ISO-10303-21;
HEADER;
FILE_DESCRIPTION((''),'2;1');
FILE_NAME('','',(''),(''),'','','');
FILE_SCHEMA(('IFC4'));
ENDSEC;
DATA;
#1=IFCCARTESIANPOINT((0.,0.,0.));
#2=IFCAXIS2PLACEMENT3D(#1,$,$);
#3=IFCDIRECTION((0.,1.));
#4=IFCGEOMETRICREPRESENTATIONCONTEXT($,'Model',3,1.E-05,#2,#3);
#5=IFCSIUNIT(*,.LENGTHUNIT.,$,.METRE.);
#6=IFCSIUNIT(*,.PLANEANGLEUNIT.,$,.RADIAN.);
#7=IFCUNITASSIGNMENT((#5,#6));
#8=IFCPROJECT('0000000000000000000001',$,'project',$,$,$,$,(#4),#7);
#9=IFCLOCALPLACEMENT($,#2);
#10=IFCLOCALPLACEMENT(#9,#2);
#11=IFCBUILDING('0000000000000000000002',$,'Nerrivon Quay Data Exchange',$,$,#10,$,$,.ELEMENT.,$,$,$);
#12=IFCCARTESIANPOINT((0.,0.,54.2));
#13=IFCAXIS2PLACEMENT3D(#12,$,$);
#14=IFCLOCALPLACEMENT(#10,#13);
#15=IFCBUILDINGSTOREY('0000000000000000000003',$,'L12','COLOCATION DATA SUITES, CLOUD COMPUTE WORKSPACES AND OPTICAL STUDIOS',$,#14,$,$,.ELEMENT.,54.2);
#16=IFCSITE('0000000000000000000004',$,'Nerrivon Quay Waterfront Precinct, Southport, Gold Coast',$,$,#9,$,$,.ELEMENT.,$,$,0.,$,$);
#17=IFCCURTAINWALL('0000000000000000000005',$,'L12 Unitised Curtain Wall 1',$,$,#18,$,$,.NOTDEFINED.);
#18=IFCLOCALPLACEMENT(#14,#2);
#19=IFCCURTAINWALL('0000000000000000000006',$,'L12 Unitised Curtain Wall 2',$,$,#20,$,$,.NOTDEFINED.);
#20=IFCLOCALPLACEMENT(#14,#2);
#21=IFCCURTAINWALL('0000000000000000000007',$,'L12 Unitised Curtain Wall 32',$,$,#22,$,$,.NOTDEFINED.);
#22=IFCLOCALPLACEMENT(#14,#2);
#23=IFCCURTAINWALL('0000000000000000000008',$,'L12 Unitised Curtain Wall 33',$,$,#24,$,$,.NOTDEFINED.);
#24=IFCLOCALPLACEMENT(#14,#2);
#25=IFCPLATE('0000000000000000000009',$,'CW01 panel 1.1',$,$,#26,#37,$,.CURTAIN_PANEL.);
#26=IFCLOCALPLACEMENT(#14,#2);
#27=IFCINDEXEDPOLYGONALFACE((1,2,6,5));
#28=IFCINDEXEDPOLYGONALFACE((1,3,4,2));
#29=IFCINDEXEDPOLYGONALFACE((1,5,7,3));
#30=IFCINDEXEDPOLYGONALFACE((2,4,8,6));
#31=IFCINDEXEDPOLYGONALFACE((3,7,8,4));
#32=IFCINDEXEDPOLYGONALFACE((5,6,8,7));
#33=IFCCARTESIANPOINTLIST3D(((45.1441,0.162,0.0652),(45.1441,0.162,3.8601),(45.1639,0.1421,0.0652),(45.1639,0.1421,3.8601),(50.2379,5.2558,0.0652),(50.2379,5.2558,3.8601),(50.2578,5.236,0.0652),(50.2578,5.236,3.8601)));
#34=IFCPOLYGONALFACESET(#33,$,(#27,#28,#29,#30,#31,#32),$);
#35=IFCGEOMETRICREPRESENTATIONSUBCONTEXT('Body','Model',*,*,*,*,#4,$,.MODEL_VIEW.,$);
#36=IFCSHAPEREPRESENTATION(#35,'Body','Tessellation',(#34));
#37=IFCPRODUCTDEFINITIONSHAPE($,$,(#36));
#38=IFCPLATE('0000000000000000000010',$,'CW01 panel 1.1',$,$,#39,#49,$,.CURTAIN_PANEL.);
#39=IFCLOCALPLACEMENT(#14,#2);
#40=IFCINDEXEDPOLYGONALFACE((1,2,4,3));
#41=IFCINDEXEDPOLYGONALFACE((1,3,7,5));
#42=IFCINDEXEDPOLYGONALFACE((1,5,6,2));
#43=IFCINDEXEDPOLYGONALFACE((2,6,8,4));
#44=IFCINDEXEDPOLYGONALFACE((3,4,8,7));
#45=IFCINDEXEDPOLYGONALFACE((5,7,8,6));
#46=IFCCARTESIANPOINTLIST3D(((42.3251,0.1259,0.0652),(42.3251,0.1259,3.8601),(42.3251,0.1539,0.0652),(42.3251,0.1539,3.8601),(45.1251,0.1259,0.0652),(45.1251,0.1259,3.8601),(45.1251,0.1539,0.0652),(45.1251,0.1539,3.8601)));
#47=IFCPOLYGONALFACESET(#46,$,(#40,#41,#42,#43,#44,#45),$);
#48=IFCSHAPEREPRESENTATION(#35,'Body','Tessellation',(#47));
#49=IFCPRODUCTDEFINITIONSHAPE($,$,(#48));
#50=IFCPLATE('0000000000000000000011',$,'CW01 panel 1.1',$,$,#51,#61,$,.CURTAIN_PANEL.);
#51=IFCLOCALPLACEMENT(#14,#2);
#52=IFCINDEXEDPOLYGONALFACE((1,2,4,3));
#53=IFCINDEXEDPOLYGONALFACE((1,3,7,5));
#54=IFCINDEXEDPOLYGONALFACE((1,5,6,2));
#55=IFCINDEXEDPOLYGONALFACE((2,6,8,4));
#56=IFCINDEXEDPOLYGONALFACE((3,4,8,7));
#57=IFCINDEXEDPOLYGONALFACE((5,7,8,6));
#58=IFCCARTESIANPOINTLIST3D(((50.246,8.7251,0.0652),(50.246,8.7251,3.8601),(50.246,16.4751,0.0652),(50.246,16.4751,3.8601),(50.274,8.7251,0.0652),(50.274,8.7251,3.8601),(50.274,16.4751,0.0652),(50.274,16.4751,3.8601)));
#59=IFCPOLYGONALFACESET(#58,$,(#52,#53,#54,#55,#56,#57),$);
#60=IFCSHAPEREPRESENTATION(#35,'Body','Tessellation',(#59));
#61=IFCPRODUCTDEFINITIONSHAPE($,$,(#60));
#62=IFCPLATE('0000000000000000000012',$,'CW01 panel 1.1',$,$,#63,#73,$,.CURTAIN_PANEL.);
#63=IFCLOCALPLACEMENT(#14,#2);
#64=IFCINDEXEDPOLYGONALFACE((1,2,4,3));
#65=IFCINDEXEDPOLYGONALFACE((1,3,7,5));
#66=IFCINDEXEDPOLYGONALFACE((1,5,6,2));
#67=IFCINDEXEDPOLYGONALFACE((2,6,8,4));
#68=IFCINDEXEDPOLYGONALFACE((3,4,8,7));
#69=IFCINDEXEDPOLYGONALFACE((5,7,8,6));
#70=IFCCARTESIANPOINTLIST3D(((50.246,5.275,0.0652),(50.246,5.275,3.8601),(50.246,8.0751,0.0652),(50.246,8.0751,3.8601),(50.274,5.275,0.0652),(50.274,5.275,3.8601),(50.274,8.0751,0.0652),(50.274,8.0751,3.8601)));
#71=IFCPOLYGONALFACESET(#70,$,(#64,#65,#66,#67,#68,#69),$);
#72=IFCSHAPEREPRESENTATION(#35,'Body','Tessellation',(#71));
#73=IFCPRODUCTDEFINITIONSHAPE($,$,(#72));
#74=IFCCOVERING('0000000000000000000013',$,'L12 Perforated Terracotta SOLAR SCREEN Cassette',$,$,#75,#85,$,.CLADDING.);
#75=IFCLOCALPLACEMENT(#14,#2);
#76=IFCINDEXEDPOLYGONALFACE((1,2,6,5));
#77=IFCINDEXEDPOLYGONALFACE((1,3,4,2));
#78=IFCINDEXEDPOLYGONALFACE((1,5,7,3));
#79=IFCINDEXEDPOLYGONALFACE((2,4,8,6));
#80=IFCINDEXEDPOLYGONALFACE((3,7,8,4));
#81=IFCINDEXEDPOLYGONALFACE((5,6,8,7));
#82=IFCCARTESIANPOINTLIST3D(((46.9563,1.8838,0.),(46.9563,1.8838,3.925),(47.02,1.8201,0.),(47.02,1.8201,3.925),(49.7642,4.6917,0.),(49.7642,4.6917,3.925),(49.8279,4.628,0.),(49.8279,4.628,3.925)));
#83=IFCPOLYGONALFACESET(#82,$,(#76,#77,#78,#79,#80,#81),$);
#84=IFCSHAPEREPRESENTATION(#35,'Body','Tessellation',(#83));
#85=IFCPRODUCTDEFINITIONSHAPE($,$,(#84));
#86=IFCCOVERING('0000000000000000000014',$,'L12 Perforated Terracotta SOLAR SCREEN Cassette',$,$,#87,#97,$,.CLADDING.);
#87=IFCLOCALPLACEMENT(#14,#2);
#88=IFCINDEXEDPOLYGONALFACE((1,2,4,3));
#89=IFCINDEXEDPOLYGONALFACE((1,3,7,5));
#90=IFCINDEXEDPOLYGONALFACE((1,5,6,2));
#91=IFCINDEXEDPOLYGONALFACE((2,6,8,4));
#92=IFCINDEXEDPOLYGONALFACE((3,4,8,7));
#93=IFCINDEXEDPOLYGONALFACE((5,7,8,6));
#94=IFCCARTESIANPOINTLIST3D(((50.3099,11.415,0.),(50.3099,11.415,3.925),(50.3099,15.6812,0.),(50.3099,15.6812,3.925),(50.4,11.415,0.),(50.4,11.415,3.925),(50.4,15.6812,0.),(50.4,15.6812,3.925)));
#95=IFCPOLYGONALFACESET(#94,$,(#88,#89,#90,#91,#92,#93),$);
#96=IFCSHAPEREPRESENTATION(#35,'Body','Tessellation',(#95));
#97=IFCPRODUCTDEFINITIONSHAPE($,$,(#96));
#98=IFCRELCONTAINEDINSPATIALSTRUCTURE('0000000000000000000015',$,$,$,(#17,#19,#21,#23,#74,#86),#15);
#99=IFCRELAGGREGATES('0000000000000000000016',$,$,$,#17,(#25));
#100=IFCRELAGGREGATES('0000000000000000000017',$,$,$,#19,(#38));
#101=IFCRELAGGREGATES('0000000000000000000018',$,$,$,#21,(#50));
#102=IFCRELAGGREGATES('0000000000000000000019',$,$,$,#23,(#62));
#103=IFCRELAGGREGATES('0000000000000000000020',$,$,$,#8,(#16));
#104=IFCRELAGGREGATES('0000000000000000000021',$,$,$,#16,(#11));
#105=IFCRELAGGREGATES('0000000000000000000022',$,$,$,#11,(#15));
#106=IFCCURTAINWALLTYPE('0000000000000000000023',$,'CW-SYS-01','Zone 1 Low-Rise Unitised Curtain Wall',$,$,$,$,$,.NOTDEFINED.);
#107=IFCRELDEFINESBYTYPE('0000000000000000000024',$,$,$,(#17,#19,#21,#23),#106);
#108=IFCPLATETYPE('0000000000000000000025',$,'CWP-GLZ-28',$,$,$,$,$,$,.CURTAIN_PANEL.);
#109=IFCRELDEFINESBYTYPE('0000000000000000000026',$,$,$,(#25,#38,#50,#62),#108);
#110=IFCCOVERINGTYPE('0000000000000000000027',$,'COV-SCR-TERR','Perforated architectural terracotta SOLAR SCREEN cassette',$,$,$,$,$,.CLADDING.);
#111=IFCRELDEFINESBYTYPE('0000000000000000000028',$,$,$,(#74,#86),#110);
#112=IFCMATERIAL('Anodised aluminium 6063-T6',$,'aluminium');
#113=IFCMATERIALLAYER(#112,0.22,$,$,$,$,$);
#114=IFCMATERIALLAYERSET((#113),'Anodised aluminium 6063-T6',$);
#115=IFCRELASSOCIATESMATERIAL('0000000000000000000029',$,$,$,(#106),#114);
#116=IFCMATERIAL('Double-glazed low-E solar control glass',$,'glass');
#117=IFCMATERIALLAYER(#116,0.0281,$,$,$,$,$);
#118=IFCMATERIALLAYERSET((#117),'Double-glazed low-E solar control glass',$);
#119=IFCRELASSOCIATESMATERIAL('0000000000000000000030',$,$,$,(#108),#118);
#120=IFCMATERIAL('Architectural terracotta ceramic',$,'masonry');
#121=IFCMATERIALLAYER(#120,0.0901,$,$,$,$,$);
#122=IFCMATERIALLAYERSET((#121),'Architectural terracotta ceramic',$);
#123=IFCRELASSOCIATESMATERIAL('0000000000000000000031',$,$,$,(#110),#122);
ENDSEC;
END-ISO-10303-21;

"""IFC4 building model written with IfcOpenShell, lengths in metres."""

from ifc_helpers import new_model, si_unit, direction, frame, origin, origin_2d, place, context, subcontext, project, spatial, rectangle, extrude, material, layer, layer_set, type_object, element, aggregate, save


model = new_model("IFC4")

# Units and contexts
model_context = context("Model", 3, precision=1e-05, world=origin(), true_north=direction((0.0, 1.0)))
body_context = subcontext(model_context, "Body", "Model", "MODEL_VIEW")
ifc_project = project(units=[si_unit("LENGTHUNIT", "METRE"), si_unit("PLANEANGLEUNIT", "RADIAN")], contexts=[model_context])

# Site, building, storey
site_placement = place(None, origin())
site = spatial("IfcSite", under=ifc_project, at=site_placement, Name="Nerrivon Quay Waterfront Precinct, Southport, Gold Coast", CompositionType="ELEMENT", RefElevation=0.0)
building_placement = place(site_placement, origin())
building = spatial("IfcBuilding", under=site, at=building_placement, Name="Nerrivon Quay Data Exchange", CompositionType="ELEMENT")
storey_placement = place(building_placement, frame((0.0, 0.0, 54.2)))
storey = spatial("IfcBuildingStorey", under=building, at=storey_placement, Name="L12", Description="COLOCATION DATA SUITES, CLOUD COMPUTE WORKSPACES AND OPTICAL STUDIOS", CompositionType="ELEMENT", Elevation=54.2)

# Curtain walls
ifc_material_1 = material(Name="Anodised aluminium 6063-T6", Category="aluminium")
ifc_layer_1 = layer(ifc_material_1, 0.22)
ifc_layer_set_1 = layer_set([ifc_layer_1], Name="Anodised aluminium 6063-T6")
curtain_wall_type = type_object("IfcCurtainWallType", Name="CW-SYS-01", Description="Zone 1 Low-Rise Unitised Curtain Wall", PredefinedType="NOTDEFINED", material=ifc_layer_set_1)
curtain_wall_1_placement = place(storey_placement, origin())
curtain_wall_1 = element("IfcCurtainWall", 1, at=curtain_wall_1_placement, inside=storey, type_object=curtain_wall_type, Name="L12 Unitised Curtain Wall 1", PredefinedType="NOTDEFINED")
curtain_wall_2_placement = place(storey_placement, origin())
curtain_wall_2 = element("IfcCurtainWall", 2, at=curtain_wall_2_placement, inside=storey, type_object=curtain_wall_type, Name="L12 Unitised Curtain Wall 2", PredefinedType="NOTDEFINED")

# Curtain wall
curtain_wall_3_placement = place(storey_placement, origin())
curtain_wall_3 = element("IfcCurtainWall", 3, at=curtain_wall_3_placement, inside=storey, type_object=curtain_wall_type, Name="L12 Unitised Curtain Wall 32", PredefinedType="NOTDEFINED")

# Curtain wall
curtain_wall_4_placement = place(storey_placement, origin())
curtain_wall_4 = element("IfcCurtainWall", 4, at=curtain_wall_4_placement, inside=storey, type_object=curtain_wall_type, Name="L12 Unitised Curtain Wall 33", PredefinedType="NOTDEFINED")

# Plates
ifc_material_2 = material(Name="Double-glazed low-E solar control glass", Category="glass")
ifc_layer_2 = layer(ifc_material_2, 0.0281)
ifc_layer_set_2 = layer_set([ifc_layer_2], Name="Double-glazed low-E solar control glass")
plate_type = type_object("IfcPlateType", Name="CWP-GLZ-28", PredefinedType="CURTAIN_PANEL", material=ifc_layer_set_2)
plate_1_placement = place(storey_placement, frame((47.7009, 2.699, 0.0652), z_axis=(0.0, 0.0, 1.0), x_axis=(-0.707107, -0.707107, 0.0)))
plate_1 = element("IfcPlate", 5, at=plate_1_placement, type_object=plate_type, Name="CW01 panel 1.1", PredefinedType="CURTAIN_PANEL", context=body_context, shape_type="SweptSolid", body=[
    extrude(rectangle(XDim=7.2039, YDim=0.0281, at=origin_2d()), origin(), (0.0, 0.0, 1.0), 3.7949),
])
aggregate(curtain_wall_1, [plate_1])
plate_2_placement = place(storey_placement, frame((43.7251, 0.1399, 0.0652), z_axis=(0.0, 0.0, 1.0), x_axis=(-1.0, 0.0, 0.0)))
plate_2 = element("IfcPlate", 6, at=plate_2_placement, type_object=plate_type, Name="CW01 panel 1.1", PredefinedType="CURTAIN_PANEL", context=body_context, shape_type="SweptSolid", body=[
    extrude(rectangle(XDim=2.8, YDim=0.0281, at=origin_2d()), origin(), (0.0, 0.0, 1.0), 3.7949),
])
aggregate(curtain_wall_2, [plate_2])
plate_3_placement = place(storey_placement, frame((50.26, 12.6001, 0.0652), z_axis=(0.0, 0.0, 1.0), x_axis=(0.0, -1.0, 0.0)))
plate_3 = element("IfcPlate", 7, at=plate_3_placement, type_object=plate_type, Name="CW01 panel 1.1", PredefinedType="CURTAIN_PANEL", context=body_context, shape_type="SweptSolid", body=[
    extrude(rectangle(XDim=7.75, YDim=0.0281, at=origin_2d()), origin(), (0.0, 0.0, 1.0), 3.7949),
])
aggregate(curtain_wall_3, [plate_3])
plate_4_placement = place(storey_placement, frame((50.26, 6.675, 0.0652), z_axis=(0.0, 0.0, 1.0), x_axis=(0.0, -1.0, 0.0)))
plate_4 = element("IfcPlate", 8, at=plate_4_placement, type_object=plate_type, Name="CW01 panel 1.1", PredefinedType="CURTAIN_PANEL", context=body_context, shape_type="SweptSolid", body=[
    extrude(rectangle(XDim=2.8, YDim=0.0281, at=origin_2d()), origin(), (0.0, 0.0, 1.0), 3.7949),
])
aggregate(curtain_wall_4, [plate_4])

# Coverings
ifc_material_3 = material(Name="Architectural terracotta ceramic", Category="masonry")
ifc_layer_3 = layer(ifc_material_3, 0.0901)
ifc_layer_set_3 = layer_set([ifc_layer_3], Name="Architectural terracotta ceramic")
covering_type = type_object("IfcCoveringType", Name="COV-SCR-TERR", Description="Perforated architectural terracotta SOLAR SCREEN cassette", PredefinedType="CLADDING", material=ifc_layer_set_3)
covering_1_placement = place(storey_placement, frame((48.3921, 3.2559, 0.0), z_axis=(0.0, 0.0, 1.0), x_axis=(-0.707107, -0.707107, 0.0)))
element("IfcCovering", 9, at=covering_1_placement, inside=storey, type_object=covering_type, Name="L12 Perforated Terracotta SOLAR SCREEN Cassette", PredefinedType="CLADDING", context=body_context, shape_type="SweptSolid", body=[
    extrude(rectangle(XDim=3.9709, YDim=0.0901, at=origin_2d()), origin(), (0.0, 0.0, 1.0), 3.925),
])
covering_2_placement = place(storey_placement, frame((50.355, 13.5481, 0.0), z_axis=(0.0, 0.0, 1.0), x_axis=(0.0, -1.0, 0.0)))
element("IfcCovering", 10, at=covering_2_placement, inside=storey, type_object=covering_type, Name="L12 Perforated Terracotta SOLAR SCREEN Cassette", PredefinedType="CLADDING", context=body_context, shape_type="SweptSolid", body=[
    extrude(rectangle(XDim=4.2661, YDim=0.0901, at=origin_2d()), origin(), (0.0, 0.0, 1.0), 3.925),
])

save(model, "model.ifc")
